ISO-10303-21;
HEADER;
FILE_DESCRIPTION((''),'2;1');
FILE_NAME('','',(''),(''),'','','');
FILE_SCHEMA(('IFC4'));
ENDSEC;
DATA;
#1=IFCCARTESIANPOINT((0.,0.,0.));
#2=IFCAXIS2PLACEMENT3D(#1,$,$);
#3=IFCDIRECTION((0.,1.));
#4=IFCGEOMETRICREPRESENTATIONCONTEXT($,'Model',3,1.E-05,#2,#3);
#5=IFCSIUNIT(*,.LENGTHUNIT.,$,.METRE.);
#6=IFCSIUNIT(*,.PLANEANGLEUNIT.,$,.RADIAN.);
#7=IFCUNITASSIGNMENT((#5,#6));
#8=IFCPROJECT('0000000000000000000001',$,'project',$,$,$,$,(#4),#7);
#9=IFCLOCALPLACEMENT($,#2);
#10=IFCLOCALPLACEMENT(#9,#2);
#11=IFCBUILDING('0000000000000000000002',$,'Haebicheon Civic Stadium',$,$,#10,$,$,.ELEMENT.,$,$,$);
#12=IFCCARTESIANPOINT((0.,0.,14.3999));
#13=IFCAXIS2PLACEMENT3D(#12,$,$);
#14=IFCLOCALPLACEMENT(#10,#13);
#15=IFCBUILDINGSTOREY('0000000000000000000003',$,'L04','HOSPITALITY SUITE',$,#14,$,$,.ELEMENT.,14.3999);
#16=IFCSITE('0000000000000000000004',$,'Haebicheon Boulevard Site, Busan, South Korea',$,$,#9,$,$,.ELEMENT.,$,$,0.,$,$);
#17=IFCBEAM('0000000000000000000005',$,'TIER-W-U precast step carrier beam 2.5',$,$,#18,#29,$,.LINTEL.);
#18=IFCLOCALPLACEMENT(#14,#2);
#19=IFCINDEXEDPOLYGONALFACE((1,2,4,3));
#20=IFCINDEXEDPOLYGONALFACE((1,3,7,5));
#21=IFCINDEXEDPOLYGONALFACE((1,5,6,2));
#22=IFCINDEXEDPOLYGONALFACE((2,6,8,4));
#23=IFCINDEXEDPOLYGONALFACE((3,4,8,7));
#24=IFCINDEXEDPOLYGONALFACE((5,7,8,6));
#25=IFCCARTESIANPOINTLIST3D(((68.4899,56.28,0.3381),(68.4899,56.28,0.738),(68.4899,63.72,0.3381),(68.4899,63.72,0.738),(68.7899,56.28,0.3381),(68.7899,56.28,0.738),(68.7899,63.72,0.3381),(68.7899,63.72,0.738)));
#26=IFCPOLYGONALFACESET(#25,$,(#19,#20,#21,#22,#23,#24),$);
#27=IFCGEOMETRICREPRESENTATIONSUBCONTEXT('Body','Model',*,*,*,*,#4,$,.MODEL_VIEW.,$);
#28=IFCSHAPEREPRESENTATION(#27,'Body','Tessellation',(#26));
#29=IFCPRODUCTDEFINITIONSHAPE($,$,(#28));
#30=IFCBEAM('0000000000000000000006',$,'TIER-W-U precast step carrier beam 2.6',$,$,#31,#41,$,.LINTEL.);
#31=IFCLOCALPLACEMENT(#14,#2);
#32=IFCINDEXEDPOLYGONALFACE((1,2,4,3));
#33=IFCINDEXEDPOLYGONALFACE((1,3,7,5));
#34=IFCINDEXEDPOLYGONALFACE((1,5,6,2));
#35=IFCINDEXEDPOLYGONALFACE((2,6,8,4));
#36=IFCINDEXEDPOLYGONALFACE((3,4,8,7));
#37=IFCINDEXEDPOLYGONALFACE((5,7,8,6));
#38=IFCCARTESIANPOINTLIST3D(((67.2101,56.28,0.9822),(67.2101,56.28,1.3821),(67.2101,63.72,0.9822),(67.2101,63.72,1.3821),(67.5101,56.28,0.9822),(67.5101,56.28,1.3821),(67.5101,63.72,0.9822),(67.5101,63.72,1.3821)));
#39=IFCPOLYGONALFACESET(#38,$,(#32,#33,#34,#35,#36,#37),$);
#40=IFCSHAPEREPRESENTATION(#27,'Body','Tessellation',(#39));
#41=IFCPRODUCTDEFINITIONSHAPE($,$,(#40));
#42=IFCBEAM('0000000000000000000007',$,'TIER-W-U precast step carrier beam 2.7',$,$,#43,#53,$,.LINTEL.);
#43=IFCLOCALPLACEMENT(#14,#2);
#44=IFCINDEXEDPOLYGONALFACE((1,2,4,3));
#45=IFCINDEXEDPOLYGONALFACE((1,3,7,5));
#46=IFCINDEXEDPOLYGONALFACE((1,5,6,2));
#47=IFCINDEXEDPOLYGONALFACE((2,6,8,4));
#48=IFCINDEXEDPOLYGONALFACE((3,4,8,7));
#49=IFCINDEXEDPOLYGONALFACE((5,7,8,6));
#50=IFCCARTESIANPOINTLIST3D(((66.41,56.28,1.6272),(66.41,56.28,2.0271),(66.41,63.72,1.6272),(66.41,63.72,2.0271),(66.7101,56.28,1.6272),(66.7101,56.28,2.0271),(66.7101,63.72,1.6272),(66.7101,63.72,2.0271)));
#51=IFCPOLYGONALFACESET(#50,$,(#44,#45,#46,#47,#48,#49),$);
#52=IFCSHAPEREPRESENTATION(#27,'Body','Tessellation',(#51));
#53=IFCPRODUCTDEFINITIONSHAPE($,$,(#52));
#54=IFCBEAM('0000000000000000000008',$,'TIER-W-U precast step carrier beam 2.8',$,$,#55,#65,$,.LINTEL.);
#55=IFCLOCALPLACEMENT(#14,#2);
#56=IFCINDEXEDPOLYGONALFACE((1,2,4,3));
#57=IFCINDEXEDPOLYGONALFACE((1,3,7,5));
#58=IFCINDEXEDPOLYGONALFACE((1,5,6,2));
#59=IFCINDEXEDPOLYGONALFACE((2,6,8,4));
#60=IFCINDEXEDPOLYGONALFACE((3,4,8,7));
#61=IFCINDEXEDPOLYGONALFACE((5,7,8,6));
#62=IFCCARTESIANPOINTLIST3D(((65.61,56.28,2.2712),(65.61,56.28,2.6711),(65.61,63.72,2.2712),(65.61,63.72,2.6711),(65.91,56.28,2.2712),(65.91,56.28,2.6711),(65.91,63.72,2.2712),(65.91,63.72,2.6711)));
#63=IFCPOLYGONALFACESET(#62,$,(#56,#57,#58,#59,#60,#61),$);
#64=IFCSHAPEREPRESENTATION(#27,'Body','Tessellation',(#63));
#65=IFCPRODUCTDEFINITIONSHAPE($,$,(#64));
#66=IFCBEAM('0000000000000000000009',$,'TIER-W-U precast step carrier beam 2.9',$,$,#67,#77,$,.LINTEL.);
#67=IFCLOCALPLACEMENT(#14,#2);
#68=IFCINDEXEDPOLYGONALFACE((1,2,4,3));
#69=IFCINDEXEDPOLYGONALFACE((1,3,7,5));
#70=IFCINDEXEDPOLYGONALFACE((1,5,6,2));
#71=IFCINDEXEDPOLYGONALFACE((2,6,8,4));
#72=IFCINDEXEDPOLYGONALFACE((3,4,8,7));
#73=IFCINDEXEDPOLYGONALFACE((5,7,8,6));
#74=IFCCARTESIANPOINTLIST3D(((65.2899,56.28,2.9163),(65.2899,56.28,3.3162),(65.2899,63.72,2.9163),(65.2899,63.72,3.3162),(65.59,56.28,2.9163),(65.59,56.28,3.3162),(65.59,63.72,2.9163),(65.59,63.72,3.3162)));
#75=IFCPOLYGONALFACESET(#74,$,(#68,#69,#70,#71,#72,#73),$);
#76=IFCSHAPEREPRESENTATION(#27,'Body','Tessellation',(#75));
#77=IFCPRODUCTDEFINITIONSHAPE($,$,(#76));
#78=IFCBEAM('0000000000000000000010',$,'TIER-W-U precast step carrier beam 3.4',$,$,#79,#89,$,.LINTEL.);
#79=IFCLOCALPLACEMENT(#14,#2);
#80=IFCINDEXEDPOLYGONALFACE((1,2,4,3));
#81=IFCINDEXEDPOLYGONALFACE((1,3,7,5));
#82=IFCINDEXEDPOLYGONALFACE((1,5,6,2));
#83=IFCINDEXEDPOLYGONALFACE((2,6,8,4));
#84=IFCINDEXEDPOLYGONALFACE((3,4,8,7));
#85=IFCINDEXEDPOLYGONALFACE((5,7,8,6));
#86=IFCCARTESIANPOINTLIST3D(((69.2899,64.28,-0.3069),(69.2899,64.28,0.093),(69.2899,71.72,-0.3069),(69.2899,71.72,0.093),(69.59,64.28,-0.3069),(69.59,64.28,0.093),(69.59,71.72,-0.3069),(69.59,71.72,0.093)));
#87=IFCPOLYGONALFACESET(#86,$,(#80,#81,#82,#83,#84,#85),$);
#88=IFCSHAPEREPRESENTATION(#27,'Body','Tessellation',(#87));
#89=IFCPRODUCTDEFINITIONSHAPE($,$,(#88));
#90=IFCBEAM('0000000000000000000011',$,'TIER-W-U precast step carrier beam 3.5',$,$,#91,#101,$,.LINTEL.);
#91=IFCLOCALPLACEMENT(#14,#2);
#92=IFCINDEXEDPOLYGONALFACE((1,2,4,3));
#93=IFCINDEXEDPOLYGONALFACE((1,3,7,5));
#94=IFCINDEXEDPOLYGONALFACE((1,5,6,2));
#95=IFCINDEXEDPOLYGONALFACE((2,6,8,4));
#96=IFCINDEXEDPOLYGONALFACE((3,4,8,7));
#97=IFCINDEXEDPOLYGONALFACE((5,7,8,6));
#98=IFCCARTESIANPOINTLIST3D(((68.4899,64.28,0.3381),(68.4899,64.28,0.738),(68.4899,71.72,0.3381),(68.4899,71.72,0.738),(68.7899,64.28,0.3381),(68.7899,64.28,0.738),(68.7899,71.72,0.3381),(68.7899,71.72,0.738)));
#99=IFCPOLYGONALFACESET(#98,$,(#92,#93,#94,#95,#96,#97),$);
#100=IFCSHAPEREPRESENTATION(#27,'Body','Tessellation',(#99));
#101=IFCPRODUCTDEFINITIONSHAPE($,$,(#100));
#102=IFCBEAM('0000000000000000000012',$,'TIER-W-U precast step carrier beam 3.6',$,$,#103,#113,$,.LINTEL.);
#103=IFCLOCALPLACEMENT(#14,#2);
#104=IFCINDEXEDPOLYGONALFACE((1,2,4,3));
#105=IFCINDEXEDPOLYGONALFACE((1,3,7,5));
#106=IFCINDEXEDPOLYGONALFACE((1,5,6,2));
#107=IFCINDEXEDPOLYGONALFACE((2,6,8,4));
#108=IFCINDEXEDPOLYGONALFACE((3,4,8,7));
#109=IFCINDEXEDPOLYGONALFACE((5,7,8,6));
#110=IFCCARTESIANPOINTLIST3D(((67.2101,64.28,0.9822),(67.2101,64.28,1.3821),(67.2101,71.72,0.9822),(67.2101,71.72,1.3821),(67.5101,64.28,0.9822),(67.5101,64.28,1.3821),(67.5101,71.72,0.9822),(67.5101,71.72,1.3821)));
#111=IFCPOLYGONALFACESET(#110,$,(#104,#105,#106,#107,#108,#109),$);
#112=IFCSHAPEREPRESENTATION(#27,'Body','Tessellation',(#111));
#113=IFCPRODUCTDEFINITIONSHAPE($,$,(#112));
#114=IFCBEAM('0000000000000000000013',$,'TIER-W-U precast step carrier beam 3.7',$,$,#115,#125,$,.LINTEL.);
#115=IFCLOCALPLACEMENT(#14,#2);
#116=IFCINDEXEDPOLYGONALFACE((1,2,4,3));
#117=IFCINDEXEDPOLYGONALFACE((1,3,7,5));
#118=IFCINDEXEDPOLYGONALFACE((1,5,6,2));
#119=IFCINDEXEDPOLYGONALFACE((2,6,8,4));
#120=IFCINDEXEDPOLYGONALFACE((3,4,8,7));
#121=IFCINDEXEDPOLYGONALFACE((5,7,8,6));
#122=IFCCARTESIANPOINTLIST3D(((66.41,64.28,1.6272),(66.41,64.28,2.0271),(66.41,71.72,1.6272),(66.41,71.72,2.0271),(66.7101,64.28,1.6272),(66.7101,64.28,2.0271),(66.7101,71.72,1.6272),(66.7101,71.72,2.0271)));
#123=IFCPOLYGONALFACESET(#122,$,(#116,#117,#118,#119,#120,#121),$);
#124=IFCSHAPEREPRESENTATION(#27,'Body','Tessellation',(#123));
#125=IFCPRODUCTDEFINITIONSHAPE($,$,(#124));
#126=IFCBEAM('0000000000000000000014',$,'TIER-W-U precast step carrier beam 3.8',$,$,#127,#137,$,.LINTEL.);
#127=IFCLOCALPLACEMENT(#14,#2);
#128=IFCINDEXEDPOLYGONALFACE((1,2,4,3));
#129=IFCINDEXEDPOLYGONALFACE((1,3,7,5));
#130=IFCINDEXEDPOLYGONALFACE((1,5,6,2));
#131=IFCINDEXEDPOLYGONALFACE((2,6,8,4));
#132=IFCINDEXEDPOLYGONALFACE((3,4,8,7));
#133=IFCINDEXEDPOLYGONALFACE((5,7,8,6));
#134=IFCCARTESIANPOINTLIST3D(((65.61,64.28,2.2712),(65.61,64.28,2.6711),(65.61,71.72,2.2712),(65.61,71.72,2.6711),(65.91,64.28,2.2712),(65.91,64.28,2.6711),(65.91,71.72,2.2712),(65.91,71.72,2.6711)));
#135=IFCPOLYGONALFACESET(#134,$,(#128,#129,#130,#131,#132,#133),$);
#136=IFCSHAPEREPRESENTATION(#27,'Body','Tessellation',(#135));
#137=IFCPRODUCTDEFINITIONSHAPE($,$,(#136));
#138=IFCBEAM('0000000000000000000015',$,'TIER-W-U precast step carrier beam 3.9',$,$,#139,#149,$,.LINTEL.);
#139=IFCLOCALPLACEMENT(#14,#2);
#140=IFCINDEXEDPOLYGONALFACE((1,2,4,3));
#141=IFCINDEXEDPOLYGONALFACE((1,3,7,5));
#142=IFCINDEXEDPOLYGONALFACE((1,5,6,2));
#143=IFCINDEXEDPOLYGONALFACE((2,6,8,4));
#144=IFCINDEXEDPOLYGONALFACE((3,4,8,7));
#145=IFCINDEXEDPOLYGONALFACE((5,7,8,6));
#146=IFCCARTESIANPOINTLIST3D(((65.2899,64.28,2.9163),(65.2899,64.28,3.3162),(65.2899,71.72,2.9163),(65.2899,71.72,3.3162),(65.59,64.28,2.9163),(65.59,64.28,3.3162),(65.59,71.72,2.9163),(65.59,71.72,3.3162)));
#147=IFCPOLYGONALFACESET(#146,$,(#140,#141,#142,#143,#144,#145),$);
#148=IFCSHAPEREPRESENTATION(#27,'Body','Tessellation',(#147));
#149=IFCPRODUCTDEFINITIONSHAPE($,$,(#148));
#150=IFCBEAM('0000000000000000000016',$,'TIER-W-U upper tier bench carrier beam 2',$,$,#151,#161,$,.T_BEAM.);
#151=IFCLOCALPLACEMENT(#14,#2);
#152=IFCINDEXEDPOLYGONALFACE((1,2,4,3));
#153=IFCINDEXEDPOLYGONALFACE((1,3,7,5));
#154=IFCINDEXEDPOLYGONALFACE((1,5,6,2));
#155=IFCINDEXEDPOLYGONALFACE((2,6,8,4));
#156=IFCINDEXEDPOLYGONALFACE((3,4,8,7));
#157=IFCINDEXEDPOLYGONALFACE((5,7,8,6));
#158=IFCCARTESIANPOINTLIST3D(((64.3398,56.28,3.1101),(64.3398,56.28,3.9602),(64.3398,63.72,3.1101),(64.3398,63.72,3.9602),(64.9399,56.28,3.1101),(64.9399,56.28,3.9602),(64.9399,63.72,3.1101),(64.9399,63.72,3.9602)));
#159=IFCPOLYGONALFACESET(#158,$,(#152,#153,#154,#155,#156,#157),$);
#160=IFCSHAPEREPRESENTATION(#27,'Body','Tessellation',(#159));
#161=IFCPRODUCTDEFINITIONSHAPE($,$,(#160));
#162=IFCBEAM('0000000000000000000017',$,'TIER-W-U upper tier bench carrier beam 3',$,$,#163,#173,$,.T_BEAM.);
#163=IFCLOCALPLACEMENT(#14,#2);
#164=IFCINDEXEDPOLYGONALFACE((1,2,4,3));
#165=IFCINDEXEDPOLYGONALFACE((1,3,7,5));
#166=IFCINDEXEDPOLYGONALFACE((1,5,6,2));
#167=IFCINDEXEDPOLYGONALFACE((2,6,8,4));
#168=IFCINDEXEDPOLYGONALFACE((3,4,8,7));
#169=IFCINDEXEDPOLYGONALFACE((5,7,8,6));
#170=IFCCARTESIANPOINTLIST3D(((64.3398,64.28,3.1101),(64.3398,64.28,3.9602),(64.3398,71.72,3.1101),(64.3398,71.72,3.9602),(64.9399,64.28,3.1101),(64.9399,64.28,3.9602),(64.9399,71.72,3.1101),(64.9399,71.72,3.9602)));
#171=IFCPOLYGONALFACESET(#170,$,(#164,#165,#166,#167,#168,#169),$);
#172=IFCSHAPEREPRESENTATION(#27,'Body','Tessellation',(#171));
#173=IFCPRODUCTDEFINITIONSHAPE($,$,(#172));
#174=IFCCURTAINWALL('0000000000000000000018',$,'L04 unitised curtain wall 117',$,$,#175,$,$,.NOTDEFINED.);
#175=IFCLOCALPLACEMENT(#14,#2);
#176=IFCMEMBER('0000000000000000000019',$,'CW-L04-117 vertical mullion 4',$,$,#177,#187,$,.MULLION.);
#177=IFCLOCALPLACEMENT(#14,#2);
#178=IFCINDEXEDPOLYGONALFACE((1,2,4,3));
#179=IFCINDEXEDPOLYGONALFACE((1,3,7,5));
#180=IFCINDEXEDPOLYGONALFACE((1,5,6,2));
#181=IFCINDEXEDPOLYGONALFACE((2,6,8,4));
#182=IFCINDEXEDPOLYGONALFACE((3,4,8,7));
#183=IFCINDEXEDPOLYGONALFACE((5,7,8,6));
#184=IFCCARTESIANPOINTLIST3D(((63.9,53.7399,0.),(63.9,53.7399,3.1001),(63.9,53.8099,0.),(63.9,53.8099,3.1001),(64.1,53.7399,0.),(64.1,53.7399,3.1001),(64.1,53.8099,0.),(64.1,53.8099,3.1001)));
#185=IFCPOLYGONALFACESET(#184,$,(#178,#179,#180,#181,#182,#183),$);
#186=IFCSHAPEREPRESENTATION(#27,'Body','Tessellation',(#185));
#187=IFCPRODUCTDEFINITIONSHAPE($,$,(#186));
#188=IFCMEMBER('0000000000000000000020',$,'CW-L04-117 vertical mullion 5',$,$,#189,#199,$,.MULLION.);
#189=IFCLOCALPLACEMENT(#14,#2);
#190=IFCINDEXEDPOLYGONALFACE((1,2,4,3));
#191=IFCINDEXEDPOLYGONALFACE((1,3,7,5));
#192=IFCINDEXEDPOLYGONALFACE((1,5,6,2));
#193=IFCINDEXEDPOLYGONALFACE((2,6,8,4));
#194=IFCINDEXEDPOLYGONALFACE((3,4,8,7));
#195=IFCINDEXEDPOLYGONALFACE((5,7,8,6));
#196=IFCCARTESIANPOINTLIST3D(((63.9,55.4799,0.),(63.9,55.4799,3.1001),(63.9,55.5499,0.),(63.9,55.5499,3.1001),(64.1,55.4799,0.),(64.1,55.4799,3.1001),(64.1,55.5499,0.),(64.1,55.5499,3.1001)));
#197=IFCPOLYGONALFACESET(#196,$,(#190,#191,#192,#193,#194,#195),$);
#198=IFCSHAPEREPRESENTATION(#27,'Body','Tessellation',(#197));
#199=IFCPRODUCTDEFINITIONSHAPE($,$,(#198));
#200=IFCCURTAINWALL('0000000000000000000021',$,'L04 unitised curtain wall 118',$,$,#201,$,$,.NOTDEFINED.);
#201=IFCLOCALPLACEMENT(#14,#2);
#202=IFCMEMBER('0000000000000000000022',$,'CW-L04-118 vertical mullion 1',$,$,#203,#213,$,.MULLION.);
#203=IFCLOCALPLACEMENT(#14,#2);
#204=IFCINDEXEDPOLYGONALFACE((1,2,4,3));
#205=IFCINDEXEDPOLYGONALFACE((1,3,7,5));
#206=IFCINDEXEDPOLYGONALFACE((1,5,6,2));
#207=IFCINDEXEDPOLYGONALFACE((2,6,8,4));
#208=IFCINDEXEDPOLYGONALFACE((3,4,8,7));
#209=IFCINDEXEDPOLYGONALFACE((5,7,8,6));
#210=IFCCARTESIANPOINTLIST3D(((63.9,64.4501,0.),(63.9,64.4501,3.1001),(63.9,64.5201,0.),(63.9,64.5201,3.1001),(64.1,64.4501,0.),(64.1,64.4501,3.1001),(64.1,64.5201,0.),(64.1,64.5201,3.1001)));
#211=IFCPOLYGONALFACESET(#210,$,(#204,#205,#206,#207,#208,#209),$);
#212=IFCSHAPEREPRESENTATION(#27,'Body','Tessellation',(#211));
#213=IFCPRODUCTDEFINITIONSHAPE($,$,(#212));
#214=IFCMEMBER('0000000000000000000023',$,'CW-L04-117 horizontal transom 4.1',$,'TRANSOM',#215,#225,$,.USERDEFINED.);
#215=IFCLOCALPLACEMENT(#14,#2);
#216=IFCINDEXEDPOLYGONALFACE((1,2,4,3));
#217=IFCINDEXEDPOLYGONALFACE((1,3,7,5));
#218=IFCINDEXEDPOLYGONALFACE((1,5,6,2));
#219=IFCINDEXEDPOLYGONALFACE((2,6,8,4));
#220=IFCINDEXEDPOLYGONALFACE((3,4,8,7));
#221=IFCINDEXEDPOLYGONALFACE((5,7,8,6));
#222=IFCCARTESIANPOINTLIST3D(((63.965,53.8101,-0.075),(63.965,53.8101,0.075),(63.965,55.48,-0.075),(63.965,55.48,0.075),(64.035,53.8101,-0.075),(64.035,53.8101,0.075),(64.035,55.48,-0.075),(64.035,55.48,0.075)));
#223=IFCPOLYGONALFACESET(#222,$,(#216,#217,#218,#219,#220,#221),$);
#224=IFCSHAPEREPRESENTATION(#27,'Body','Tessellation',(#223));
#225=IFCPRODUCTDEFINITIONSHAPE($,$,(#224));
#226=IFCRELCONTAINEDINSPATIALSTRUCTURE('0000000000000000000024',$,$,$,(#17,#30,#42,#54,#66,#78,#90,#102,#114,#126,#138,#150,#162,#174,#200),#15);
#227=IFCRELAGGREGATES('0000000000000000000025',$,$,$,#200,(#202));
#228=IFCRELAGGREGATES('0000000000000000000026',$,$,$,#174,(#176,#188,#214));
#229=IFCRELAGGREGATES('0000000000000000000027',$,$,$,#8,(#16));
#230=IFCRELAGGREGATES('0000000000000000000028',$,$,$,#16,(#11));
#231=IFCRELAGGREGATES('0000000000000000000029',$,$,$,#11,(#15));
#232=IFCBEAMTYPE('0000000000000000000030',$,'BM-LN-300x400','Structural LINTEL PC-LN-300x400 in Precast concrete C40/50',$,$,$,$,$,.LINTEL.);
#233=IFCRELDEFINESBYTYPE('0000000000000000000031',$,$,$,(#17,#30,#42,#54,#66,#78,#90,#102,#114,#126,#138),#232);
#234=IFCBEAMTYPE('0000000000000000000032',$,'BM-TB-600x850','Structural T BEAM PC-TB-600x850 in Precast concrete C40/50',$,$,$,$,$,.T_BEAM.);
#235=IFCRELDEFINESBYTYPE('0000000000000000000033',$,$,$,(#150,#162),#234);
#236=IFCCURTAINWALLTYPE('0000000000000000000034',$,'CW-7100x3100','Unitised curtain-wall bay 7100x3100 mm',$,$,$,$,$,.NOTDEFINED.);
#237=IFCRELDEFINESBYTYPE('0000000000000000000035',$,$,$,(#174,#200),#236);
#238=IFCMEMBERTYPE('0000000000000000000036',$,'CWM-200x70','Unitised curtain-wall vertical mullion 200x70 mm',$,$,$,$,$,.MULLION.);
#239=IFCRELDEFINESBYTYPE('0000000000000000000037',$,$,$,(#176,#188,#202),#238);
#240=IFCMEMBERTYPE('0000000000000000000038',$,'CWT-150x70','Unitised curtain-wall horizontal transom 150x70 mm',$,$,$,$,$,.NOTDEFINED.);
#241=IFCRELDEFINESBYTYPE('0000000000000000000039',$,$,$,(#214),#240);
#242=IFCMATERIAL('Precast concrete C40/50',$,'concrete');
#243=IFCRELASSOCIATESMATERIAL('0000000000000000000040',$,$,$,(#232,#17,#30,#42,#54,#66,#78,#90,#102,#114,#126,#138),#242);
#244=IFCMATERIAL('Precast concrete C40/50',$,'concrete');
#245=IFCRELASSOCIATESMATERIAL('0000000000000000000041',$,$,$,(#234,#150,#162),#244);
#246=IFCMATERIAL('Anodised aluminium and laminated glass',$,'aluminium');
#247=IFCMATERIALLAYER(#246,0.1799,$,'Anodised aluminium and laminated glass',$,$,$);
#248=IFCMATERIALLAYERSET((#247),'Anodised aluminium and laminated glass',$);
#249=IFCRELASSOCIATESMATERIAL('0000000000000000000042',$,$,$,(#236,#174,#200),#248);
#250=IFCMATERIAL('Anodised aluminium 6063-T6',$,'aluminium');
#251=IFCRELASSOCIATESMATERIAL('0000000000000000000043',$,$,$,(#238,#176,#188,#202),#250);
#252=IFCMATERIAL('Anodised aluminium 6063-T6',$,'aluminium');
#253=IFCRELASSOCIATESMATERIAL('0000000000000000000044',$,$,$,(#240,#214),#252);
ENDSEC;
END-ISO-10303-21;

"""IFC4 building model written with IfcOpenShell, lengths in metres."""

from ifc_helpers import new_model, si_unit, direction, frame, origin, origin_2d, place, context, subcontext, project, spatial, rectangle, extrude, material, layer, layer_set, material_profile, profile_set, type_object, element, aggregate, save


model = new_model("IFC4")

# Units and contexts
model_context = context("Model", 3, precision=1e-05, world=origin(), true_north=direction((0.0, 1.0)))
body_context = subcontext(model_context, "Body", "Model", "MODEL_VIEW")
ifc_project = project(units=[si_unit("LENGTHUNIT", "METRE"), si_unit("PLANEANGLEUNIT", "RADIAN")], contexts=[model_context])

# Site, building, storey
site_placement = place(None, origin())
site = spatial("IfcSite", under=ifc_project, at=site_placement, Name="Haebicheon Boulevard Site, Busan, South Korea", CompositionType="ELEMENT", RefElevation=0.0)
building_placement = place(site_placement, origin())
building = spatial("IfcBuilding", under=site, at=building_placement, Name="Haebicheon Civic Stadium", CompositionType="ELEMENT")
storey_placement = place(building_placement, frame((0.0, 0.0, 14.3999)))
storey = spatial("IfcBuildingStorey", under=building, at=storey_placement, Name="L04", Description="HOSPITALITY SUITE", CompositionType="ELEMENT", Elevation=14.3999)

# Beams
ifc_material_1 = material(Name="Precast concrete C40/50", Category="concrete")
ifc_material_profile_1 = material_profile(ifc_material_1, rectangle(XDim=0.3, YDim=0.3999, at=origin_2d()), Name="PC-LN-300x400")
ifc_profile_set_1 = profile_set([ifc_material_profile_1], Name="Precast concrete C40/50")
beam_type_1 = type_object("IfcBeamType", Name="BM-LN-300x400", Description="Structural LINTEL PC-LN-300x400 in Precast concrete C40/50", PredefinedType="LINTEL", material=ifc_profile_set_1)
for number, where, z_axis, x_axis, name in (
    (1, (68.6399, 56.28, 0.5381), (0.0, 1.0, 0.0), (-1.0, 0.0, 0.0), "TIER-W-U precast step carrier beam 2.5"),
    (2, (67.3601, 56.28, 1.1821), (0.0, 1.0, 0.0), (-1.0, 0.0, 0.0), "TIER-W-U precast step carrier beam 2.6"),
    (3, (66.5601, 56.28, 1.8271), (0.0, 1.0, 0.0), (-1.0, 0.0, 0.0), "TIER-W-U precast step carrier beam 2.7"),
    (4, (65.76, 56.28, 2.4712), (0.0, 1.0, 0.0), (-1.0, 0.0, 0.0), "TIER-W-U precast step carrier beam 2.8"),
    (5, (65.4399, 56.28, 3.1162), (0.0, 1.0, 0.0), (-1.0, 0.0, 0.0), "TIER-W-U precast step carrier beam 2.9"),
    (6, (69.4399, 64.28, -0.1069), (0.0, 1.0, 0.0), (-1.0, 0.0, 0.0), "TIER-W-U precast step carrier beam 3.4"),
    (7, (68.6399, 64.28, 0.5381), (0.0, 1.0, 0.0), (-1.0, 0.0, 0.0), "TIER-W-U precast step carrier beam 3.5"),
    (8, (67.3601, 64.28, 1.1821), (0.0, 1.0, 0.0), (-1.0, 0.0, 0.0), "TIER-W-U precast step carrier beam 3.6"),
    (9, (66.5601, 64.28, 1.8271), (0.0, 1.0, 0.0), (-1.0, 0.0, 0.0), "TIER-W-U precast step carrier beam 3.7"),
    (10, (65.76, 64.28, 2.4712), (0.0, 1.0, 0.0), (-1.0, 0.0, 0.0), "TIER-W-U precast step carrier beam 3.8"),
    (11, (65.4399, 64.28, 3.1162), (0.0, 1.0, 0.0), (-1.0, 0.0, 0.0), "TIER-W-U precast step carrier beam 3.9"),
):
    element("IfcBeam", number, at=place(storey_placement, frame(where, z_axis=z_axis, x_axis=x_axis)), inside=storey, type_object=beam_type_1, material=ifc_profile_set_1, Name=name, PredefinedType="LINTEL", context=body_context, shape_type="SweptSolid", body=[
        extrude(rectangle(XDim=0.3, YDim=0.3999, at=origin_2d()), origin(), (0.0, 0.0, 1.0), 7.4399),
    ])
ifc_material_2 = material(Name="Precast concrete C40/50", Category="concrete")
ifc_material_profile_2 = material_profile(ifc_material_2, rectangle(XDim=0.6001, YDim=0.8501, at=origin_2d()), Name="PC-TB-600x850")
ifc_profile_set_2 = profile_set([ifc_material_profile_2], Name="Precast concrete C40/50")
beam_type_2 = type_object("IfcBeamType", Name="BM-TB-600x850", Description="Structural T BEAM PC-TB-600x850 in Precast concrete C40/50", PredefinedType="T_BEAM", material=ifc_profile_set_2)
for number, where, z_axis, x_axis, name in (
    (12, (64.6399, 56.28, 3.5352), (0.0, 1.0, 0.0), (-1.0, 0.0, 0.0), "TIER-W-U upper tier bench carrier beam 2"),
    (13, (64.6399, 64.28, 3.5352), (0.0, 1.0, 0.0), (-1.0, 0.0, 0.0), "TIER-W-U upper tier bench carrier beam 3"),
):
    element("IfcBeam", number, at=place(storey_placement, frame(where, z_axis=z_axis, x_axis=x_axis)), inside=storey, type_object=beam_type_2, material=ifc_profile_set_2, Name=name, PredefinedType="T_BEAM", context=body_context, shape_type="SweptSolid", body=[
        extrude(rectangle(XDim=0.6001, YDim=0.8501, at=origin_2d()), origin(), (0.0, 0.0, 1.0), 7.4399),
    ])

# Curtain wall, members
ifc_material_3 = material(Name="Anodised aluminium and laminated glass", Category="aluminium")
ifc_layer_1 = layer(ifc_material_3, 0.1799, Name="Anodised aluminium and laminated glass")
ifc_layer_set_1 = layer_set([ifc_layer_1], Name="Anodised aluminium and laminated glass")
curtain_wall_type = type_object("IfcCurtainWallType", Name="CW-7100x3100", Description="Unitised curtain-wall bay 7100x3100 mm", PredefinedType="NOTDEFINED", material=ifc_layer_set_1)
curtain_wall_1_placement = place(storey_placement, origin())
curtain_wall_1 = element("IfcCurtainWall", 14, at=curtain_wall_1_placement, inside=storey, type_object=curtain_wall_type, material=ifc_layer_set_1, Name="L04 unitised curtain wall 117", PredefinedType="NOTDEFINED")
ifc_material_4 = material(Name="Anodised aluminium 6063-T6", Category="aluminium")
ifc_material_profile_3 = material_profile(ifc_material_4, rectangle(XDim=0.0701, YDim=0.2, at=origin_2d()), Name="ALU-MULL-70x200")
ifc_profile_set_3 = profile_set([ifc_material_profile_3], Name="Anodised aluminium 6063-T6")
member_type_1 = type_object("IfcMemberType", Name="CWM-200x70", Description="Unitised curtain-wall vertical mullion 200x70 mm", PredefinedType="MULLION", material=ifc_profile_set_3)
member_1_placement = place(storey_placement, frame((64.0, 53.7749, 0.0), z_axis=(0.0, 0.0, 1.0), x_axis=(0.0, 1.0, 0.0)))
member_1 = element("IfcMember", 15, at=member_1_placement, type_object=member_type_1, material=ifc_profile_set_3, Name="CW-L04-117 vertical mullion 4", PredefinedType="MULLION", context=body_context, shape_type="SweptSolid", body=[
    extrude(rectangle(XDim=0.0701, YDim=0.2, at=origin_2d()), origin(), (0.0, 0.0, 1.0), 3.1001),
])
member_2_placement = place(storey_placement, frame((64.0, 55.5149, 0.0), z_axis=(0.0, 0.0, 1.0), x_axis=(0.0, 1.0, 0.0)))
member_2 = element("IfcMember", 16, at=member_2_placement, type_object=member_type_1, material=ifc_profile_set_3, Name="CW-L04-117 vertical mullion 5", PredefinedType="MULLION", context=body_context, shape_type="SweptSolid", body=[
    extrude(rectangle(XDim=0.0701, YDim=0.2, at=origin_2d()), origin(), (0.0, 0.0, 1.0), 3.1001),
])

# Curtain wall, member
curtain_wall_2_placement = place(storey_placement, origin())
curtain_wall_2 = element("IfcCurtainWall", 17, at=curtain_wall_2_placement, inside=storey, type_object=curtain_wall_type, material=ifc_layer_set_1, Name="L04 unitised curtain wall 118", PredefinedType="NOTDEFINED")
member_3_placement = place(storey_placement, frame((64.0, 64.4851, 0.0), z_axis=(0.0, 0.0, 1.0), x_axis=(0.0, 1.0, 0.0)))
member_3 = element("IfcMember", 18, at=member_3_placement, type_object=member_type_1, material=ifc_profile_set_3, Name="CW-L04-118 vertical mullion 1", PredefinedType="MULLION", context=body_context, shape_type="SweptSolid", body=[
    extrude(rectangle(XDim=0.0701, YDim=0.2, at=origin_2d()), origin(), (0.0, 0.0, 1.0), 3.1001),
])

# Member
ifc_material_5 = material(Name="Anodised aluminium 6063-T6", Category="aluminium")
ifc_material_profile_4 = material_profile(ifc_material_5, rectangle(XDim=0.0701, YDim=0.1499, at=origin_2d()), Name="ALU-TRAN-70x150")
ifc_profile_set_4 = profile_set([ifc_material_profile_4], Name="Anodised aluminium 6063-T6")
member_type_2 = type_object("IfcMemberType", Name="CWT-150x70", Description="Unitised curtain-wall horizontal transom 150x70 mm", PredefinedType="NOTDEFINED", material=ifc_profile_set_4)
member_4_placement = place(storey_placement, frame((64.0, 53.8101, 0.0), z_axis=(0.0, 1.0, 0.0), x_axis=(-1.0, 0.0, 0.0)))
member_4 = element("IfcMember", 19, at=member_4_placement, type_object=member_type_2, material=ifc_profile_set_4, Name="CW-L04-117 horizontal transom 4.1", ObjectType="TRANSOM", PredefinedType="USERDEFINED", context=body_context, shape_type="SweptSolid", body=[
    extrude(rectangle(XDim=0.0701, YDim=0.1499, at=origin_2d()), origin(), (0.0, 0.0, 1.0), 1.6699),
])
aggregate(curtain_wall_2, [member_3])

aggregate(curtain_wall_1, [member_1, member_2, member_4])

save(model, "model.ifc")
